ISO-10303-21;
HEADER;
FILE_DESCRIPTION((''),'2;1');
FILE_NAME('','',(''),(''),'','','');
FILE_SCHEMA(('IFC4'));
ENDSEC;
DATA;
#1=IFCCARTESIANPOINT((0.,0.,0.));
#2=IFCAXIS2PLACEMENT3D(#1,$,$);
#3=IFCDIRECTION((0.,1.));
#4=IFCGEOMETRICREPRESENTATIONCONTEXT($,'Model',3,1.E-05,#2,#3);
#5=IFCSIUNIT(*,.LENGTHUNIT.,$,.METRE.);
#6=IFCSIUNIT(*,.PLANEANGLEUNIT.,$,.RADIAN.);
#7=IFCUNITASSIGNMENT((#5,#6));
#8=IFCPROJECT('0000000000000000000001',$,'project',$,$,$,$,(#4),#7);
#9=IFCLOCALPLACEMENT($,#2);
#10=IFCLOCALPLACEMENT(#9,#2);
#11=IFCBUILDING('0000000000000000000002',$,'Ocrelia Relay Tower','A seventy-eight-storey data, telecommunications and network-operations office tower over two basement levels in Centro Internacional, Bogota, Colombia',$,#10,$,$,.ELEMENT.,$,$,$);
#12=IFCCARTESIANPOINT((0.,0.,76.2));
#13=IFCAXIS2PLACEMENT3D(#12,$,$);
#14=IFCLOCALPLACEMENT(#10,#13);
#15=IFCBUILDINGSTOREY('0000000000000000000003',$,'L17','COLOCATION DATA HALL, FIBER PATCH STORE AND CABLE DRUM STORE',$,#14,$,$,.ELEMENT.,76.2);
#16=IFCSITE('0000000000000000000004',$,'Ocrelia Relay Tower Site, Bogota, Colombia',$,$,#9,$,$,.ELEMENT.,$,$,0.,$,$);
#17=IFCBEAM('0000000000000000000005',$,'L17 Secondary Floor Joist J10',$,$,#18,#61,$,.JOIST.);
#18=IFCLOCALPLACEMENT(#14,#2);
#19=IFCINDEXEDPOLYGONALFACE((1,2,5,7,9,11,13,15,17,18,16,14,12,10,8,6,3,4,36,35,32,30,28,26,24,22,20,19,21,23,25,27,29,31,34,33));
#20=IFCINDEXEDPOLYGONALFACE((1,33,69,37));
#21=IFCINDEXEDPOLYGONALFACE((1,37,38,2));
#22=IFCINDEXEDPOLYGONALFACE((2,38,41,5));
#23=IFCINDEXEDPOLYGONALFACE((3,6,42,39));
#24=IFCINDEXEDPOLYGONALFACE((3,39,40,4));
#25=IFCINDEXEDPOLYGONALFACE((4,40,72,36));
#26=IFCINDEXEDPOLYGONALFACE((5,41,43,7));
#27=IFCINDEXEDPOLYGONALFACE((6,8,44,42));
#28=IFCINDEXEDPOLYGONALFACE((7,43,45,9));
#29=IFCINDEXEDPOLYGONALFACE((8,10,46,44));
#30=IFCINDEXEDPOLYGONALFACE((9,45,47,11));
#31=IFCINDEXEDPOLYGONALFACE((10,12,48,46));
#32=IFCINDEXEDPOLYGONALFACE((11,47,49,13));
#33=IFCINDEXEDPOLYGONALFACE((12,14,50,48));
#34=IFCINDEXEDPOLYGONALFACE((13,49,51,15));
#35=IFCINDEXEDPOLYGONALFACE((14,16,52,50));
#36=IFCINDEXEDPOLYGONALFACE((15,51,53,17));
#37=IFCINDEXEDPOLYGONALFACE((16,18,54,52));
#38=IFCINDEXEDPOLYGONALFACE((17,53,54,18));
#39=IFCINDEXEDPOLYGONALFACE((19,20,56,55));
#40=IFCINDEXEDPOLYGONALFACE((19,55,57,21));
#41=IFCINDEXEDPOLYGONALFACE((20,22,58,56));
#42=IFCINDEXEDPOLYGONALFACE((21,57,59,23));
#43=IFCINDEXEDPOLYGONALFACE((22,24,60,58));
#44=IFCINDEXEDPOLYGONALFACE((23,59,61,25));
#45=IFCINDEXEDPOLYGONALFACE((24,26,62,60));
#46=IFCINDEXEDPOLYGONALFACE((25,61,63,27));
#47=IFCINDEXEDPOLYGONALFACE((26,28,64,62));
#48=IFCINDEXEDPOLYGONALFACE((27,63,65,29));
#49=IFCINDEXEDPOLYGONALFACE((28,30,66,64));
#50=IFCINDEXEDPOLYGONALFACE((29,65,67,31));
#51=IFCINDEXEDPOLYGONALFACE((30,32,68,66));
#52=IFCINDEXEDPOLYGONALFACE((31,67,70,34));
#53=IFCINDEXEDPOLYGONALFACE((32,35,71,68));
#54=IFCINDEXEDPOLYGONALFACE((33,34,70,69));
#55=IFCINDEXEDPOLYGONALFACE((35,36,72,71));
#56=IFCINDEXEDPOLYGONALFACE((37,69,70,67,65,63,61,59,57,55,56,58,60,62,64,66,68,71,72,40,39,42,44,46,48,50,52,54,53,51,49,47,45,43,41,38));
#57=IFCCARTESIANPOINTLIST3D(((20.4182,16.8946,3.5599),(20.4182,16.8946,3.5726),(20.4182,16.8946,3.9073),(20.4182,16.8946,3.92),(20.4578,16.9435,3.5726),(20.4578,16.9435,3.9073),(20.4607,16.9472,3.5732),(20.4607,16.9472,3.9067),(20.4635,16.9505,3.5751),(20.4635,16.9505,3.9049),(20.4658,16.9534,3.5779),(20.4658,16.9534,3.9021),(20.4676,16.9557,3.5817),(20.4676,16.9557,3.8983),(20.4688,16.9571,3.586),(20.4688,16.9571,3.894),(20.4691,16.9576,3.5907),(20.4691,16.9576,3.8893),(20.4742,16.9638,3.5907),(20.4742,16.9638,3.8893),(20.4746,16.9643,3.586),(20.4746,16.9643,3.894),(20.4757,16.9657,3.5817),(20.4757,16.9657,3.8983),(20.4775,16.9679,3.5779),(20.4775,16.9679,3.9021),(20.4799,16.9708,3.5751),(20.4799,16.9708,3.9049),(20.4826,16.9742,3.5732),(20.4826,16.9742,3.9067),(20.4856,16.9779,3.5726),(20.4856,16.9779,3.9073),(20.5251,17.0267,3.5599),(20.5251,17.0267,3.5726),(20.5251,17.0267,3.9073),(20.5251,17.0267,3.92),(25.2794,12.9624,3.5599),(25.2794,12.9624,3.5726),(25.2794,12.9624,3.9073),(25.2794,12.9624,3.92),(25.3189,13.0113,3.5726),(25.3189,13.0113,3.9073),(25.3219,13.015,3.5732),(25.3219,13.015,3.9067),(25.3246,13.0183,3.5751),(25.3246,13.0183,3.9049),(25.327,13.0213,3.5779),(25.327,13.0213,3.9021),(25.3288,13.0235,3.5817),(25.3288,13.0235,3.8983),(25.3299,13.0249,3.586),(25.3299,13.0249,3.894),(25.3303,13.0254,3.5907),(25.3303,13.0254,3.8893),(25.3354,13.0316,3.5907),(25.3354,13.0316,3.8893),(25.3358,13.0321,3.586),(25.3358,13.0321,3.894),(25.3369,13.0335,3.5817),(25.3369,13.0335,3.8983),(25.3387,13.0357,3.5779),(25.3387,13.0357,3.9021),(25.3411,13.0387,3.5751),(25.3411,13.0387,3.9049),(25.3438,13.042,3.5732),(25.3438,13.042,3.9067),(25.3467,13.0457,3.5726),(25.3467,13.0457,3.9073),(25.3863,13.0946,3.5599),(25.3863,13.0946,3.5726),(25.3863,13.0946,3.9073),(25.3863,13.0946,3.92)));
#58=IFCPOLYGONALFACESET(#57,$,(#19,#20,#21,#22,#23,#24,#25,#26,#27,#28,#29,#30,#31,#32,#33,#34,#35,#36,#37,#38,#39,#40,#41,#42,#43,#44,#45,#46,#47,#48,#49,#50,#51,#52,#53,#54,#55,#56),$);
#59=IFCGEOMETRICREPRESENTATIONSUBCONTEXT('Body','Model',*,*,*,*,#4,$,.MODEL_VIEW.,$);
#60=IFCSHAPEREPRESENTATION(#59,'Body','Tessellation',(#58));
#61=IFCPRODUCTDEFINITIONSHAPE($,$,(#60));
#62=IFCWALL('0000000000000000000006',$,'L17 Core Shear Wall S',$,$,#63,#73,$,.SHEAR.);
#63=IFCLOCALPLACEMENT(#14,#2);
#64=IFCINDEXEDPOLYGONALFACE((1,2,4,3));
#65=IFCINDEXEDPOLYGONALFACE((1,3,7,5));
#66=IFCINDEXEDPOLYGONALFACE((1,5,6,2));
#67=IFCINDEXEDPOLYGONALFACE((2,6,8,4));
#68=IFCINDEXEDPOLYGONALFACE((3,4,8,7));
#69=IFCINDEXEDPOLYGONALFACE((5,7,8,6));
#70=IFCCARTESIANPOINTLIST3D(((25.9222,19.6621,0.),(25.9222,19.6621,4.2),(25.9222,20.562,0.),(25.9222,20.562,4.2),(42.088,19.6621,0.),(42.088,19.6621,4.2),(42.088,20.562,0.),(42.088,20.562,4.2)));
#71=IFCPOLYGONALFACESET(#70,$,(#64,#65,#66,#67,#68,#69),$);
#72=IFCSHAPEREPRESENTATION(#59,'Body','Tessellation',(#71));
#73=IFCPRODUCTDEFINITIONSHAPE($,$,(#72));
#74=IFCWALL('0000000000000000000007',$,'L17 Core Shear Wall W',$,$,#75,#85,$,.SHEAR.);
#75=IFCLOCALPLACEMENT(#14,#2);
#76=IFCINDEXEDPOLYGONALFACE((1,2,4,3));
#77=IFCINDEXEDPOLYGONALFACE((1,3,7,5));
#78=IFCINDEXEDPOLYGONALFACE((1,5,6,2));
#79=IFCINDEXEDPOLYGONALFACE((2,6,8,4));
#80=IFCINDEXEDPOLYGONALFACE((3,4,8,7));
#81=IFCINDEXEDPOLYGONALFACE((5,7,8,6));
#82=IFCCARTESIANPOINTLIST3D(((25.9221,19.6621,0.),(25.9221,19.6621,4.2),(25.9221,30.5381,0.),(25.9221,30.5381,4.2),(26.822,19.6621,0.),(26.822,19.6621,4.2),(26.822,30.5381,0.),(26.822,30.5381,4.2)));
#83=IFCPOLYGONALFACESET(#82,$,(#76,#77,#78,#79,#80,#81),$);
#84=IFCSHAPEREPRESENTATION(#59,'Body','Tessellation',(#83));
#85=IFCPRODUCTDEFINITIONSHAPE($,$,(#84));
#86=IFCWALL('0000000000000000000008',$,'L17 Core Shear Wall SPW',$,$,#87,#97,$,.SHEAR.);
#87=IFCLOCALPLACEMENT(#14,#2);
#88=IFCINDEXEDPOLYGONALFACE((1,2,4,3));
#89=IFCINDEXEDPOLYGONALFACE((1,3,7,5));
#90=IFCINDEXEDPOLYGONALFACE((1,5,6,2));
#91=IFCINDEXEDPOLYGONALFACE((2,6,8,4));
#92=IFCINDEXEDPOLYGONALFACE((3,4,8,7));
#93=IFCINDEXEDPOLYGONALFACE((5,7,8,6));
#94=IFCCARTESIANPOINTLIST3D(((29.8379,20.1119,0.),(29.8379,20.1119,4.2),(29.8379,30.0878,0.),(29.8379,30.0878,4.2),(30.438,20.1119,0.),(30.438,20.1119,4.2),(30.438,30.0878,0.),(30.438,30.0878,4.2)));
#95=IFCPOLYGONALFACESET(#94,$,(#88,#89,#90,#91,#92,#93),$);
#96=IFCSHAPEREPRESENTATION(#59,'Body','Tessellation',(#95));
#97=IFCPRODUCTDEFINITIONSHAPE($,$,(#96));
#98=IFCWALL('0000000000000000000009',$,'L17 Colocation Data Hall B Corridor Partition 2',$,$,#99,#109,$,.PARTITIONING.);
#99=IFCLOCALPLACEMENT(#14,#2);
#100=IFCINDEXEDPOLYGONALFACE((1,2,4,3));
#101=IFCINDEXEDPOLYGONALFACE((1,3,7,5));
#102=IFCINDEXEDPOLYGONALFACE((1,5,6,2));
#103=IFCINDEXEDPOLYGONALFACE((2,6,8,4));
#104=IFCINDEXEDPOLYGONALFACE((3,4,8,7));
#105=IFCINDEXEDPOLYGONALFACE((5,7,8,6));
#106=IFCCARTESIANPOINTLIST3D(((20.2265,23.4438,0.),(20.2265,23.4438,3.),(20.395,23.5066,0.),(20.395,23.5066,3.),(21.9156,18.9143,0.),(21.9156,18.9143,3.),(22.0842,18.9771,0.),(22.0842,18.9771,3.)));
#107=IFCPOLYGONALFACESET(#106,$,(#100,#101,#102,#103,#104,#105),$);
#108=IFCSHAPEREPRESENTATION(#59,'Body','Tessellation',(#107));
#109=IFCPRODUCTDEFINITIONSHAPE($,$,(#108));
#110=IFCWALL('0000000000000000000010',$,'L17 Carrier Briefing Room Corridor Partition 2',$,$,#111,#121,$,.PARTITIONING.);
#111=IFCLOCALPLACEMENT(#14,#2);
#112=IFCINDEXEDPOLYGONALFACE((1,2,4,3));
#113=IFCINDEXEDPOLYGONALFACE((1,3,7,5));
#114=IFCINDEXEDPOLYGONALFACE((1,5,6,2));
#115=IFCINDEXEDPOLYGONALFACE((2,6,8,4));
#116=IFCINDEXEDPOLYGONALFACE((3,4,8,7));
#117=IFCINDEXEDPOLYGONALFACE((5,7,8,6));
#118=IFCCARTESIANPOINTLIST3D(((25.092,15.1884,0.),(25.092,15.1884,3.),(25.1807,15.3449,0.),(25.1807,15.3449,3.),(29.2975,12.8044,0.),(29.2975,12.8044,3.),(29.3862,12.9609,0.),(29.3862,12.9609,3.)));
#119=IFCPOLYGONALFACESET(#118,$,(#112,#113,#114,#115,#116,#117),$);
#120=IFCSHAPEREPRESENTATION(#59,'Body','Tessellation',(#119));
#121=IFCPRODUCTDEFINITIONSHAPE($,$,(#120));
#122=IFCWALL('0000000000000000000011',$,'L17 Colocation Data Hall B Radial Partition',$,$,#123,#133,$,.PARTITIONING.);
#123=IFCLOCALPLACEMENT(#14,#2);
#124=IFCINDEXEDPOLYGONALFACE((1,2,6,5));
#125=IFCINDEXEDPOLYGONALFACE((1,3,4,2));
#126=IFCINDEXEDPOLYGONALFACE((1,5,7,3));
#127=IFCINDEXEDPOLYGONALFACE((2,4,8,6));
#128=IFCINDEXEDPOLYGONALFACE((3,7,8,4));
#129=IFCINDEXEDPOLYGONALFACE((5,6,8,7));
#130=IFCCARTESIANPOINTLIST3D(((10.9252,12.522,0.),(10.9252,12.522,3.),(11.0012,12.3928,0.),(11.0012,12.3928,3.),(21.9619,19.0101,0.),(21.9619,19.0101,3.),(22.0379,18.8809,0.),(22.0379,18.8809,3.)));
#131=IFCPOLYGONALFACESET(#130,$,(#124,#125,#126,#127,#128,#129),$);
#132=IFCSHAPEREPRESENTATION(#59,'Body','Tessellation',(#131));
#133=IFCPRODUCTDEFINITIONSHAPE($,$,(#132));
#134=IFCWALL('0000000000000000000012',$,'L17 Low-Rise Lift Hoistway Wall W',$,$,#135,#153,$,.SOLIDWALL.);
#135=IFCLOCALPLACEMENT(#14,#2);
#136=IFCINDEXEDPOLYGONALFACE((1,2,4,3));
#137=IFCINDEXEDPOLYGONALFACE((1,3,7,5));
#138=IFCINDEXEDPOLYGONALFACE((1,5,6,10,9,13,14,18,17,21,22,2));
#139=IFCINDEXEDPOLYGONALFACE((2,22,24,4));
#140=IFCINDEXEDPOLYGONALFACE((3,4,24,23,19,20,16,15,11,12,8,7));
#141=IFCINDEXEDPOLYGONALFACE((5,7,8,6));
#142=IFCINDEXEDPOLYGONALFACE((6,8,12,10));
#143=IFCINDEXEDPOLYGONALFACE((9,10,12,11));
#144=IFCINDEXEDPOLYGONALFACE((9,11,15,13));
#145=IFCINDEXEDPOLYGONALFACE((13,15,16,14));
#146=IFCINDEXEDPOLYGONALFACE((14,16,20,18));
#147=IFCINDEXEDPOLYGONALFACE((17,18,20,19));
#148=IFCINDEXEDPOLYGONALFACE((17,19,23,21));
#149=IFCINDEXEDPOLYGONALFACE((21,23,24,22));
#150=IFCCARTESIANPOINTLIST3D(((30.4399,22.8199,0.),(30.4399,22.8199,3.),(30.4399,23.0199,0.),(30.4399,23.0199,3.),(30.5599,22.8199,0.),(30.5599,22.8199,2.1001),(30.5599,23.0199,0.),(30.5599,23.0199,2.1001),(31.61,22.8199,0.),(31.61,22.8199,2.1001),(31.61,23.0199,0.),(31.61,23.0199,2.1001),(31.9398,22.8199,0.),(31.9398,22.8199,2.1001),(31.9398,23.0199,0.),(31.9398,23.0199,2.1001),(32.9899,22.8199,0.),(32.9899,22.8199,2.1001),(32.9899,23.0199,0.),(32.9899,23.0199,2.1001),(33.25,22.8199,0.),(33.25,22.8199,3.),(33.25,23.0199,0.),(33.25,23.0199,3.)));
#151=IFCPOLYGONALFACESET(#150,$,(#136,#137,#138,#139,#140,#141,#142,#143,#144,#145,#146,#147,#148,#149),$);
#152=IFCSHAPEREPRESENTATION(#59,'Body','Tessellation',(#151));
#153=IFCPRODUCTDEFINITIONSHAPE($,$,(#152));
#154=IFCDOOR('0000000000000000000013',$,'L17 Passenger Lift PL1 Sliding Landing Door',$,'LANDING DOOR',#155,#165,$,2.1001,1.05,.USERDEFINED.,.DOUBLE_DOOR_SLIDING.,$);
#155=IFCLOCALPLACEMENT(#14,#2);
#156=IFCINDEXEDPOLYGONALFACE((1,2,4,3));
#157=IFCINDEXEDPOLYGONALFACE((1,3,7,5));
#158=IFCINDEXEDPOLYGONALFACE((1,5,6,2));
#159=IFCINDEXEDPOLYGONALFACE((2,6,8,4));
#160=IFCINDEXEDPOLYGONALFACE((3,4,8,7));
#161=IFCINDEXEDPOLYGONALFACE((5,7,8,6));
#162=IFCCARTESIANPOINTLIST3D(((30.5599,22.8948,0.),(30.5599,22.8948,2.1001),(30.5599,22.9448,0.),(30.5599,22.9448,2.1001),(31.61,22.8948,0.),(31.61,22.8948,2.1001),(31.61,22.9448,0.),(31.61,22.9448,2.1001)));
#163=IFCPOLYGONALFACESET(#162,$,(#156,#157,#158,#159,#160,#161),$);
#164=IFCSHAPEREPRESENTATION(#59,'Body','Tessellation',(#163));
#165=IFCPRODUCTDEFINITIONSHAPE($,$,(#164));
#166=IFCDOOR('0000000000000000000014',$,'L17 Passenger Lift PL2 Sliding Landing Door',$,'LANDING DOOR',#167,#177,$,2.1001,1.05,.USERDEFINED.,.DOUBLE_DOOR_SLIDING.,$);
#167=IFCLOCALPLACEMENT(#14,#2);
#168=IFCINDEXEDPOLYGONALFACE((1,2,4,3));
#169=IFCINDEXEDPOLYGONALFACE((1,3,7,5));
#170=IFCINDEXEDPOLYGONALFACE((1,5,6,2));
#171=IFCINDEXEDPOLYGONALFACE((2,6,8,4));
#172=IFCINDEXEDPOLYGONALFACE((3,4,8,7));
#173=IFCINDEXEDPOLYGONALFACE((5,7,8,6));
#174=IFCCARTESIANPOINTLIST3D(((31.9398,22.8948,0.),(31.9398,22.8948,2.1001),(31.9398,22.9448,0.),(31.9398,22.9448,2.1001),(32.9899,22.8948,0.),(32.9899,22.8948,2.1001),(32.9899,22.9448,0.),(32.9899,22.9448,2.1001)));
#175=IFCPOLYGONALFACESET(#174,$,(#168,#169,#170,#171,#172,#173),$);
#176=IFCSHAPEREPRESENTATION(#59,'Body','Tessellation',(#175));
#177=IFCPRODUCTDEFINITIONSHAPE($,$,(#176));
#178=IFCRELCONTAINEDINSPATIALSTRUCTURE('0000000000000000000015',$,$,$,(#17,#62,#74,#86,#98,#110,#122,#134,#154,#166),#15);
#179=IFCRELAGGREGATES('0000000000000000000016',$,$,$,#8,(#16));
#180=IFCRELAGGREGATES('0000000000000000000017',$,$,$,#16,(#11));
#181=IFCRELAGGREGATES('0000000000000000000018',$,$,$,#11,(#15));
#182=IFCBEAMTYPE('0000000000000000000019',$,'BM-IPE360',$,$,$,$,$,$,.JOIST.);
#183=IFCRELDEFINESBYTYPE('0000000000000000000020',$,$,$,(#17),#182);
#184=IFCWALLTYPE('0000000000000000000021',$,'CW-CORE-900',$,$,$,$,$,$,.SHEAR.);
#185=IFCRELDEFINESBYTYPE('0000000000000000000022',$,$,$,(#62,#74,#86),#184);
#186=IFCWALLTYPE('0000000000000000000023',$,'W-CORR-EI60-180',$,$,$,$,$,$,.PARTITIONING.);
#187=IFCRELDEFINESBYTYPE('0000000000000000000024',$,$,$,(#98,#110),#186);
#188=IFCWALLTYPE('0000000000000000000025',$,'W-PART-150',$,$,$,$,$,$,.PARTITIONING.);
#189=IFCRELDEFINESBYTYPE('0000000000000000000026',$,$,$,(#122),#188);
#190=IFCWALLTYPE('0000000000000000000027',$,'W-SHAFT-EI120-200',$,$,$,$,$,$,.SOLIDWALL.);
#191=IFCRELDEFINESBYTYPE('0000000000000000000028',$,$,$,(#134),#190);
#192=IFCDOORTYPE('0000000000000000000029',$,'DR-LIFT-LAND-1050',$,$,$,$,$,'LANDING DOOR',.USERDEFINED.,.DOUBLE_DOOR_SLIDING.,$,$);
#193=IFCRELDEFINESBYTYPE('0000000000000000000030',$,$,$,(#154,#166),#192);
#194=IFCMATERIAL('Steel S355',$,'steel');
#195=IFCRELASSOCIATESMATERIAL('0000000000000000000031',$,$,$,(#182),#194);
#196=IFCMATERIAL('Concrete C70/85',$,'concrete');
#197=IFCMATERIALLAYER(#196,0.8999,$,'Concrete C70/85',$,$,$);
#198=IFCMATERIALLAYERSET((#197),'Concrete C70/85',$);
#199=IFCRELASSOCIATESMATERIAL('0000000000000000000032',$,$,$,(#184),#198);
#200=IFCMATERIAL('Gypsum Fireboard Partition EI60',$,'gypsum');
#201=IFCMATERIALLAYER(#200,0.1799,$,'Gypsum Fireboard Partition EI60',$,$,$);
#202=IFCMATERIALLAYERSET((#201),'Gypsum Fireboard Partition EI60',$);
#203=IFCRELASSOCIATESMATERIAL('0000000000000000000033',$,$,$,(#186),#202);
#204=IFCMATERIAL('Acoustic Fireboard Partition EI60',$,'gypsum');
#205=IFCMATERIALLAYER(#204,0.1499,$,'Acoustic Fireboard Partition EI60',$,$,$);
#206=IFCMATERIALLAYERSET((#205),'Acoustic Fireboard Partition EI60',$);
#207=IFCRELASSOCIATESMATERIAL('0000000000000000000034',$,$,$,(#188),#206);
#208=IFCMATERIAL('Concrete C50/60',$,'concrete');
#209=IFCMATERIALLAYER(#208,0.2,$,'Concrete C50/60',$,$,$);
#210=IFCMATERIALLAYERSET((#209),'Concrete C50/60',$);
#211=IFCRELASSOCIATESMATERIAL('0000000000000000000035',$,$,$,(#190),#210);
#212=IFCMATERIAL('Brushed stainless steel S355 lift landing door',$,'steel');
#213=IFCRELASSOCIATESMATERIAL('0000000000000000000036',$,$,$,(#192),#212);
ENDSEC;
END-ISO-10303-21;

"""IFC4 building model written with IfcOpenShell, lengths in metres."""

from ifc_helpers import new_model, si_unit, direction, frame, frame_2d, origin, origin_2d, place, context, subcontext, project, spatial, rectangle, i_section, extrude, material, layer, layer_set, material_profile, profile_set, type_object, element, fill, save


model = new_model("IFC4")

# Units and contexts
model_context = context("Model", 3, precision=1e-05, world=origin(), true_north=direction((0.0, 1.0)))
body_context = subcontext(model_context, "Body", "Model", "MODEL_VIEW")
ifc_project = project(units=[si_unit("LENGTHUNIT", "METRE"), si_unit("PLANEANGLEUNIT", "RADIAN")], contexts=[model_context])

# Site, building, storey
site_placement = place(None, origin())
site = spatial("IfcSite", under=ifc_project, at=site_placement, Name="Ocrelia Relay Tower Site, Bogota, Colombia", CompositionType="ELEMENT", RefElevation=0.0)
building_placement = place(site_placement, origin())
building = spatial("IfcBuilding", under=site, at=building_placement, Name="Ocrelia Relay Tower", Description="A seventy-eight-storey data, telecommunications and network-operations office tower over two basement levels in Centro Internacional, Bogota, Colombia", CompositionType="ELEMENT")
storey_placement = place(building_placement, frame((0.0, 0.0, 76.2)))
storey = spatial("IfcBuildingStorey", under=building, at=storey_placement, Name="L17", Description="COLOCATION DATA HALL, FIBER PATCH STORE AND CABLE DRUM STORE", CompositionType="ELEMENT", Elevation=76.2)

# Shared definitions
ifc_material_1 = material(Name="Concrete C70/85", Category="concrete")

# Beam
ifc_material_2 = material(Name="Steel S355", Category="steel")
ifc_material_profile_1 = material_profile(ifc_material_2, i_section(OverallWidth=0.1699, OverallDepth=0.3601, WebThickness=0.0081, FlangeThickness=0.0127, FilletRadius=0.0181, at=origin_2d()), Name="IPE 360")
ifc_profile_set_1 = profile_set([ifc_material_profile_1], Name="Steel S355")
beam_type_1 = type_object("IfcBeamType", Name="BM-IPE360", PredefinedType="JOIST", material=ifc_profile_set_1)
beam_1_placement = place(storey_placement, frame((20.4717, 16.9607, 3.74), z_axis=(0.777482, -0.628905, 0.0), x_axis=(0.628905, 0.777482, 0.0)))
element("IfcBeam", 1, at=beam_1_placement, inside=storey, type_object=beam_type_1, Name="L17 Secondary Floor Joist J10", PredefinedType="JOIST", context=body_context, shape_type="SweptSolid", body=[
    extrude(i_section(OverallWidth=0.1699, OverallDepth=0.3601, WebThickness=0.0081, FlangeThickness=0.0127, FilletRadius=0.0181, at=origin_2d()), origin(), (0.0, 0.0, 1.0), 6.2524),
])

# Walls
ifc_layer_1 = layer(ifc_material_1, 0.8999, Name="Concrete C70/85")
ifc_layer_set_1 = layer_set([ifc_layer_1], Name="Concrete C70/85")
wall_type_1 = type_object("IfcWallType", Name="CW-CORE-900", PredefinedType="SHEAR", material=ifc_layer_set_1)
wall_1_placement = place(storey_placement, frame((25.9221, 20.1121, 0.0), z_axis=(0.0, 0.0, 1.0), x_axis=(1.0, 0.0, 0.0)))
element("IfcWall", 2, at=wall_1_placement, inside=storey, type_object=wall_type_1, Name="L17 Core Shear Wall S", PredefinedType="SHEAR", context=body_context, shape_type="SweptSolid", body=[
    extrude(rectangle(XDim=16.1658, YDim=0.8999, at=frame_2d((8.083, 0.0))), origin(), (0.0, 0.0, 1.0), 4.2),
])
wall_2_placement = place(storey_placement, frame((26.3721, 19.6621, 0.0), z_axis=(0.0, 0.0, 1.0), x_axis=(0.0, 1.0, 0.0)))
element("IfcWall", 3, at=wall_2_placement, inside=storey, type_object=wall_type_1, Name="L17 Core Shear Wall W", PredefinedType="SHEAR", context=body_context, shape_type="SweptSolid", body=[
    extrude(rectangle(XDim=10.876, YDim=0.8999, at=frame_2d((5.438, 0.0))), origin(), (0.0, 0.0, 1.0), 4.2),
])
wall_3_placement = place(storey_placement, frame((30.1379, 20.1121, 0.0), z_axis=(0.0, 0.0, 1.0), x_axis=(0.0, 1.0, 0.0)))
element("IfcWall", 4, at=wall_3_placement, inside=storey, type_object=wall_type_1, Name="L17 Core Shear Wall SPW", PredefinedType="SHEAR", context=body_context, shape_type="SweptSolid", body=[
    extrude(rectangle(XDim=9.9758, YDim=0.6001, at=frame_2d((4.9878, 0.0))), origin(), (0.0, 0.0, 1.0), 4.2),
])
ifc_material_3 = material(Name="Gypsum Fireboard Partition EI60", Category="gypsum")
ifc_layer_2 = layer(ifc_material_3, 0.1799, Name="Gypsum Fireboard Partition EI60")
ifc_layer_set_2 = layer_set([ifc_layer_2], Name="Gypsum Fireboard Partition EI60")
wall_type_2 = type_object("IfcWallType", Name="W-CORR-EI60-180", PredefinedType="PARTITIONING", material=ifc_layer_set_2)
wall_4_placement = place(storey_placement, frame((20.3108, 23.4751, 0.0), z_axis=(0.0, 0.0, 1.0), x_axis=(0.349424, -0.936965, 0.0)))
element("IfcWall", 5, at=wall_4_placement, inside=storey, type_object=wall_type_2, Name="L17 Colocation Data Hall B Corridor Partition 2", PredefinedType="PARTITIONING", context=body_context, shape_type="SweptSolid", body=[
    extrude(rectangle(XDim=4.8342, YDim=0.1799, at=frame_2d((2.417, 0.0))), origin(), (0.0, 0.0, 1.0), 3.0),
])

# Walls
wall_5_placement = place(storey_placement, frame((25.1365, 15.2666, 0.0), z_axis=(0.0, 0.0, 1.0), x_axis=(0.869944, -0.49315, 0.0)))
element("IfcWall", 6, at=wall_5_placement, inside=storey, type_object=wall_type_2, Name="L17 Carrier Briefing Room Corridor Partition 2", PredefinedType="PARTITIONING", context=body_context, shape_type="SweptSolid", body=[
    extrude(rectangle(XDim=4.8342, YDim=0.1799, at=frame_2d((2.417, 0.0))), origin(), (0.0, 0.0, 1.0), 3.0),
])
ifc_material_4 = material(Name="Acoustic Fireboard Partition EI60", Category="gypsum")
ifc_layer_3 = layer(ifc_material_4, 0.1499, Name="Acoustic Fireboard Partition EI60")
ifc_layer_set_3 = layer_set([ifc_layer_3], Name="Acoustic Fireboard Partition EI60")
wall_type_3 = type_object("IfcWallType", Name="W-PART-150", PredefinedType="PARTITIONING", material=ifc_layer_set_3)
wall_6_placement = place(storey_placement, frame((22.0, 18.9456, 0.0), z_axis=(0.0, 0.0, 1.0), x_axis=(-0.862074, -0.506783, 0.0)))
element("IfcWall", 7, at=wall_6_placement, inside=storey, type_object=wall_type_3, Name="L17 Colocation Data Hall B Radial Partition", PredefinedType="PARTITIONING", context=body_context, shape_type="SweptSolid", body=[
    extrude(rectangle(XDim=12.8025, YDim=0.1499, at=frame_2d((6.4014, 0.0))), origin(), (0.0, 0.0, 1.0), 3.0),
])

# Wall, openings, doors
ifc_material_5 = material(Name="Concrete C50/60", Category="concrete")
ifc_layer_4 = layer(ifc_material_5, 0.2, Name="Concrete C50/60")
ifc_layer_set_4 = layer_set([ifc_layer_4], Name="Concrete C50/60")
wall_type_4 = type_object("IfcWallType", Name="W-SHAFT-EI120-200", PredefinedType="SOLIDWALL", material=ifc_layer_set_4)
wall_7_placement = place(storey_placement, frame((30.4399, 22.9199, 0.0), z_axis=(0.0, 0.0, 1.0), x_axis=(1.0, 0.0, 0.0)))
wall_7 = element("IfcWall", 8, at=wall_7_placement, inside=storey, type_object=wall_type_4, Name="L17 Low-Rise Lift Hoistway Wall W", PredefinedType="SOLIDWALL", context=body_context, shape_type="SweptSolid", body=[
    extrude(rectangle(XDim=2.8101, YDim=0.2, at=frame_2d((1.405, 0.0))), origin(), (0.0, 0.0, 1.0), 3.0),
])
opening_1_placement = place(wall_7_placement, frame((0.1201, 0.0, 0.0)))
opening_1 = element("IfcOpeningElement", 9, at=opening_1_placement, cuts=wall_7, PredefinedType="OPENING", context=body_context, shape_type="SweptSolid", body=[
    extrude(rectangle(XDim=1.05, YDim=2.1001, at=frame_2d((0.5249, 1.05))), frame((0.0, 0.1099, 0.0), z_axis=(0.0, -1.0, 0.0), x_axis=(1.0, 0.0, 0.0)), (0.0, 0.0, 1.0), 0.22),
])
opening_2_placement = place(wall_7_placement, frame((1.5, 0.0, 0.0)))
opening_2 = element("IfcOpeningElement", 10, at=opening_2_placement, cuts=wall_7, PredefinedType="OPENING", context=body_context, shape_type="SweptSolid", body=[
    extrude(rectangle(XDim=1.05, YDim=2.1001, at=frame_2d((0.5249, 1.05))), frame((0.0, 0.1099, 0.0), z_axis=(0.0, -1.0, 0.0), x_axis=(1.0, 0.0, 0.0)), (0.0, 0.0, 1.0), 0.22),
])
ifc_material_6 = material(Name="Brushed stainless steel S355 lift landing door", Category="steel")
door_type_1 = type_object("IfcDoorType", Name="DR-LIFT-LAND-1050", ElementType="LANDING DOOR", OperationType="DOUBLE_DOOR_SLIDING", PredefinedType="USERDEFINED", material=ifc_material_6)
door_1_placement = place(opening_1_placement, origin())
door_1 = element("IfcDoor", 11, at=door_1_placement, inside=storey, type_object=door_type_1, Name="L17 Passenger Lift PL1 Sliding Landing Door", ObjectType="LANDING DOOR", OperationType="DOUBLE_DOOR_SLIDING", OverallHeight=2.1001, OverallWidth=1.05, PredefinedType="USERDEFINED", context=body_context, shape_type="SweptSolid", body=[
    extrude(rectangle(XDim=1.05, YDim=2.1001, at=frame_2d((0.5249, 1.05))), frame((0.0, 0.0249, 0.0), z_axis=(0.0, -1.0, 0.0), x_axis=(1.0, 0.0, 0.0)), (0.0, 0.0, 1.0), 0.05),
])
fill(opening_1, door_1)
door_2_placement = place(opening_2_placement, origin())
door_2 = element("IfcDoor", 12, at=door_2_placement, inside=storey, type_object=door_type_1, Name="L17 Passenger Lift PL2 Sliding Landing Door", ObjectType="LANDING DOOR", OperationType="DOUBLE_DOOR_SLIDING", OverallHeight=2.1001, OverallWidth=1.05, PredefinedType="USERDEFINED", context=body_context, shape_type="SweptSolid", body=[
    extrude(rectangle(XDim=1.05, YDim=2.1001, at=frame_2d((0.5249, 1.05))), frame((0.0, 0.0249, 0.0), z_axis=(0.0, -1.0, 0.0), x_axis=(1.0, 0.0, 0.0)), (0.0, 0.0, 1.0), 0.05),
])
fill(opening_2, door_2)

save(model, "model.ifc")
